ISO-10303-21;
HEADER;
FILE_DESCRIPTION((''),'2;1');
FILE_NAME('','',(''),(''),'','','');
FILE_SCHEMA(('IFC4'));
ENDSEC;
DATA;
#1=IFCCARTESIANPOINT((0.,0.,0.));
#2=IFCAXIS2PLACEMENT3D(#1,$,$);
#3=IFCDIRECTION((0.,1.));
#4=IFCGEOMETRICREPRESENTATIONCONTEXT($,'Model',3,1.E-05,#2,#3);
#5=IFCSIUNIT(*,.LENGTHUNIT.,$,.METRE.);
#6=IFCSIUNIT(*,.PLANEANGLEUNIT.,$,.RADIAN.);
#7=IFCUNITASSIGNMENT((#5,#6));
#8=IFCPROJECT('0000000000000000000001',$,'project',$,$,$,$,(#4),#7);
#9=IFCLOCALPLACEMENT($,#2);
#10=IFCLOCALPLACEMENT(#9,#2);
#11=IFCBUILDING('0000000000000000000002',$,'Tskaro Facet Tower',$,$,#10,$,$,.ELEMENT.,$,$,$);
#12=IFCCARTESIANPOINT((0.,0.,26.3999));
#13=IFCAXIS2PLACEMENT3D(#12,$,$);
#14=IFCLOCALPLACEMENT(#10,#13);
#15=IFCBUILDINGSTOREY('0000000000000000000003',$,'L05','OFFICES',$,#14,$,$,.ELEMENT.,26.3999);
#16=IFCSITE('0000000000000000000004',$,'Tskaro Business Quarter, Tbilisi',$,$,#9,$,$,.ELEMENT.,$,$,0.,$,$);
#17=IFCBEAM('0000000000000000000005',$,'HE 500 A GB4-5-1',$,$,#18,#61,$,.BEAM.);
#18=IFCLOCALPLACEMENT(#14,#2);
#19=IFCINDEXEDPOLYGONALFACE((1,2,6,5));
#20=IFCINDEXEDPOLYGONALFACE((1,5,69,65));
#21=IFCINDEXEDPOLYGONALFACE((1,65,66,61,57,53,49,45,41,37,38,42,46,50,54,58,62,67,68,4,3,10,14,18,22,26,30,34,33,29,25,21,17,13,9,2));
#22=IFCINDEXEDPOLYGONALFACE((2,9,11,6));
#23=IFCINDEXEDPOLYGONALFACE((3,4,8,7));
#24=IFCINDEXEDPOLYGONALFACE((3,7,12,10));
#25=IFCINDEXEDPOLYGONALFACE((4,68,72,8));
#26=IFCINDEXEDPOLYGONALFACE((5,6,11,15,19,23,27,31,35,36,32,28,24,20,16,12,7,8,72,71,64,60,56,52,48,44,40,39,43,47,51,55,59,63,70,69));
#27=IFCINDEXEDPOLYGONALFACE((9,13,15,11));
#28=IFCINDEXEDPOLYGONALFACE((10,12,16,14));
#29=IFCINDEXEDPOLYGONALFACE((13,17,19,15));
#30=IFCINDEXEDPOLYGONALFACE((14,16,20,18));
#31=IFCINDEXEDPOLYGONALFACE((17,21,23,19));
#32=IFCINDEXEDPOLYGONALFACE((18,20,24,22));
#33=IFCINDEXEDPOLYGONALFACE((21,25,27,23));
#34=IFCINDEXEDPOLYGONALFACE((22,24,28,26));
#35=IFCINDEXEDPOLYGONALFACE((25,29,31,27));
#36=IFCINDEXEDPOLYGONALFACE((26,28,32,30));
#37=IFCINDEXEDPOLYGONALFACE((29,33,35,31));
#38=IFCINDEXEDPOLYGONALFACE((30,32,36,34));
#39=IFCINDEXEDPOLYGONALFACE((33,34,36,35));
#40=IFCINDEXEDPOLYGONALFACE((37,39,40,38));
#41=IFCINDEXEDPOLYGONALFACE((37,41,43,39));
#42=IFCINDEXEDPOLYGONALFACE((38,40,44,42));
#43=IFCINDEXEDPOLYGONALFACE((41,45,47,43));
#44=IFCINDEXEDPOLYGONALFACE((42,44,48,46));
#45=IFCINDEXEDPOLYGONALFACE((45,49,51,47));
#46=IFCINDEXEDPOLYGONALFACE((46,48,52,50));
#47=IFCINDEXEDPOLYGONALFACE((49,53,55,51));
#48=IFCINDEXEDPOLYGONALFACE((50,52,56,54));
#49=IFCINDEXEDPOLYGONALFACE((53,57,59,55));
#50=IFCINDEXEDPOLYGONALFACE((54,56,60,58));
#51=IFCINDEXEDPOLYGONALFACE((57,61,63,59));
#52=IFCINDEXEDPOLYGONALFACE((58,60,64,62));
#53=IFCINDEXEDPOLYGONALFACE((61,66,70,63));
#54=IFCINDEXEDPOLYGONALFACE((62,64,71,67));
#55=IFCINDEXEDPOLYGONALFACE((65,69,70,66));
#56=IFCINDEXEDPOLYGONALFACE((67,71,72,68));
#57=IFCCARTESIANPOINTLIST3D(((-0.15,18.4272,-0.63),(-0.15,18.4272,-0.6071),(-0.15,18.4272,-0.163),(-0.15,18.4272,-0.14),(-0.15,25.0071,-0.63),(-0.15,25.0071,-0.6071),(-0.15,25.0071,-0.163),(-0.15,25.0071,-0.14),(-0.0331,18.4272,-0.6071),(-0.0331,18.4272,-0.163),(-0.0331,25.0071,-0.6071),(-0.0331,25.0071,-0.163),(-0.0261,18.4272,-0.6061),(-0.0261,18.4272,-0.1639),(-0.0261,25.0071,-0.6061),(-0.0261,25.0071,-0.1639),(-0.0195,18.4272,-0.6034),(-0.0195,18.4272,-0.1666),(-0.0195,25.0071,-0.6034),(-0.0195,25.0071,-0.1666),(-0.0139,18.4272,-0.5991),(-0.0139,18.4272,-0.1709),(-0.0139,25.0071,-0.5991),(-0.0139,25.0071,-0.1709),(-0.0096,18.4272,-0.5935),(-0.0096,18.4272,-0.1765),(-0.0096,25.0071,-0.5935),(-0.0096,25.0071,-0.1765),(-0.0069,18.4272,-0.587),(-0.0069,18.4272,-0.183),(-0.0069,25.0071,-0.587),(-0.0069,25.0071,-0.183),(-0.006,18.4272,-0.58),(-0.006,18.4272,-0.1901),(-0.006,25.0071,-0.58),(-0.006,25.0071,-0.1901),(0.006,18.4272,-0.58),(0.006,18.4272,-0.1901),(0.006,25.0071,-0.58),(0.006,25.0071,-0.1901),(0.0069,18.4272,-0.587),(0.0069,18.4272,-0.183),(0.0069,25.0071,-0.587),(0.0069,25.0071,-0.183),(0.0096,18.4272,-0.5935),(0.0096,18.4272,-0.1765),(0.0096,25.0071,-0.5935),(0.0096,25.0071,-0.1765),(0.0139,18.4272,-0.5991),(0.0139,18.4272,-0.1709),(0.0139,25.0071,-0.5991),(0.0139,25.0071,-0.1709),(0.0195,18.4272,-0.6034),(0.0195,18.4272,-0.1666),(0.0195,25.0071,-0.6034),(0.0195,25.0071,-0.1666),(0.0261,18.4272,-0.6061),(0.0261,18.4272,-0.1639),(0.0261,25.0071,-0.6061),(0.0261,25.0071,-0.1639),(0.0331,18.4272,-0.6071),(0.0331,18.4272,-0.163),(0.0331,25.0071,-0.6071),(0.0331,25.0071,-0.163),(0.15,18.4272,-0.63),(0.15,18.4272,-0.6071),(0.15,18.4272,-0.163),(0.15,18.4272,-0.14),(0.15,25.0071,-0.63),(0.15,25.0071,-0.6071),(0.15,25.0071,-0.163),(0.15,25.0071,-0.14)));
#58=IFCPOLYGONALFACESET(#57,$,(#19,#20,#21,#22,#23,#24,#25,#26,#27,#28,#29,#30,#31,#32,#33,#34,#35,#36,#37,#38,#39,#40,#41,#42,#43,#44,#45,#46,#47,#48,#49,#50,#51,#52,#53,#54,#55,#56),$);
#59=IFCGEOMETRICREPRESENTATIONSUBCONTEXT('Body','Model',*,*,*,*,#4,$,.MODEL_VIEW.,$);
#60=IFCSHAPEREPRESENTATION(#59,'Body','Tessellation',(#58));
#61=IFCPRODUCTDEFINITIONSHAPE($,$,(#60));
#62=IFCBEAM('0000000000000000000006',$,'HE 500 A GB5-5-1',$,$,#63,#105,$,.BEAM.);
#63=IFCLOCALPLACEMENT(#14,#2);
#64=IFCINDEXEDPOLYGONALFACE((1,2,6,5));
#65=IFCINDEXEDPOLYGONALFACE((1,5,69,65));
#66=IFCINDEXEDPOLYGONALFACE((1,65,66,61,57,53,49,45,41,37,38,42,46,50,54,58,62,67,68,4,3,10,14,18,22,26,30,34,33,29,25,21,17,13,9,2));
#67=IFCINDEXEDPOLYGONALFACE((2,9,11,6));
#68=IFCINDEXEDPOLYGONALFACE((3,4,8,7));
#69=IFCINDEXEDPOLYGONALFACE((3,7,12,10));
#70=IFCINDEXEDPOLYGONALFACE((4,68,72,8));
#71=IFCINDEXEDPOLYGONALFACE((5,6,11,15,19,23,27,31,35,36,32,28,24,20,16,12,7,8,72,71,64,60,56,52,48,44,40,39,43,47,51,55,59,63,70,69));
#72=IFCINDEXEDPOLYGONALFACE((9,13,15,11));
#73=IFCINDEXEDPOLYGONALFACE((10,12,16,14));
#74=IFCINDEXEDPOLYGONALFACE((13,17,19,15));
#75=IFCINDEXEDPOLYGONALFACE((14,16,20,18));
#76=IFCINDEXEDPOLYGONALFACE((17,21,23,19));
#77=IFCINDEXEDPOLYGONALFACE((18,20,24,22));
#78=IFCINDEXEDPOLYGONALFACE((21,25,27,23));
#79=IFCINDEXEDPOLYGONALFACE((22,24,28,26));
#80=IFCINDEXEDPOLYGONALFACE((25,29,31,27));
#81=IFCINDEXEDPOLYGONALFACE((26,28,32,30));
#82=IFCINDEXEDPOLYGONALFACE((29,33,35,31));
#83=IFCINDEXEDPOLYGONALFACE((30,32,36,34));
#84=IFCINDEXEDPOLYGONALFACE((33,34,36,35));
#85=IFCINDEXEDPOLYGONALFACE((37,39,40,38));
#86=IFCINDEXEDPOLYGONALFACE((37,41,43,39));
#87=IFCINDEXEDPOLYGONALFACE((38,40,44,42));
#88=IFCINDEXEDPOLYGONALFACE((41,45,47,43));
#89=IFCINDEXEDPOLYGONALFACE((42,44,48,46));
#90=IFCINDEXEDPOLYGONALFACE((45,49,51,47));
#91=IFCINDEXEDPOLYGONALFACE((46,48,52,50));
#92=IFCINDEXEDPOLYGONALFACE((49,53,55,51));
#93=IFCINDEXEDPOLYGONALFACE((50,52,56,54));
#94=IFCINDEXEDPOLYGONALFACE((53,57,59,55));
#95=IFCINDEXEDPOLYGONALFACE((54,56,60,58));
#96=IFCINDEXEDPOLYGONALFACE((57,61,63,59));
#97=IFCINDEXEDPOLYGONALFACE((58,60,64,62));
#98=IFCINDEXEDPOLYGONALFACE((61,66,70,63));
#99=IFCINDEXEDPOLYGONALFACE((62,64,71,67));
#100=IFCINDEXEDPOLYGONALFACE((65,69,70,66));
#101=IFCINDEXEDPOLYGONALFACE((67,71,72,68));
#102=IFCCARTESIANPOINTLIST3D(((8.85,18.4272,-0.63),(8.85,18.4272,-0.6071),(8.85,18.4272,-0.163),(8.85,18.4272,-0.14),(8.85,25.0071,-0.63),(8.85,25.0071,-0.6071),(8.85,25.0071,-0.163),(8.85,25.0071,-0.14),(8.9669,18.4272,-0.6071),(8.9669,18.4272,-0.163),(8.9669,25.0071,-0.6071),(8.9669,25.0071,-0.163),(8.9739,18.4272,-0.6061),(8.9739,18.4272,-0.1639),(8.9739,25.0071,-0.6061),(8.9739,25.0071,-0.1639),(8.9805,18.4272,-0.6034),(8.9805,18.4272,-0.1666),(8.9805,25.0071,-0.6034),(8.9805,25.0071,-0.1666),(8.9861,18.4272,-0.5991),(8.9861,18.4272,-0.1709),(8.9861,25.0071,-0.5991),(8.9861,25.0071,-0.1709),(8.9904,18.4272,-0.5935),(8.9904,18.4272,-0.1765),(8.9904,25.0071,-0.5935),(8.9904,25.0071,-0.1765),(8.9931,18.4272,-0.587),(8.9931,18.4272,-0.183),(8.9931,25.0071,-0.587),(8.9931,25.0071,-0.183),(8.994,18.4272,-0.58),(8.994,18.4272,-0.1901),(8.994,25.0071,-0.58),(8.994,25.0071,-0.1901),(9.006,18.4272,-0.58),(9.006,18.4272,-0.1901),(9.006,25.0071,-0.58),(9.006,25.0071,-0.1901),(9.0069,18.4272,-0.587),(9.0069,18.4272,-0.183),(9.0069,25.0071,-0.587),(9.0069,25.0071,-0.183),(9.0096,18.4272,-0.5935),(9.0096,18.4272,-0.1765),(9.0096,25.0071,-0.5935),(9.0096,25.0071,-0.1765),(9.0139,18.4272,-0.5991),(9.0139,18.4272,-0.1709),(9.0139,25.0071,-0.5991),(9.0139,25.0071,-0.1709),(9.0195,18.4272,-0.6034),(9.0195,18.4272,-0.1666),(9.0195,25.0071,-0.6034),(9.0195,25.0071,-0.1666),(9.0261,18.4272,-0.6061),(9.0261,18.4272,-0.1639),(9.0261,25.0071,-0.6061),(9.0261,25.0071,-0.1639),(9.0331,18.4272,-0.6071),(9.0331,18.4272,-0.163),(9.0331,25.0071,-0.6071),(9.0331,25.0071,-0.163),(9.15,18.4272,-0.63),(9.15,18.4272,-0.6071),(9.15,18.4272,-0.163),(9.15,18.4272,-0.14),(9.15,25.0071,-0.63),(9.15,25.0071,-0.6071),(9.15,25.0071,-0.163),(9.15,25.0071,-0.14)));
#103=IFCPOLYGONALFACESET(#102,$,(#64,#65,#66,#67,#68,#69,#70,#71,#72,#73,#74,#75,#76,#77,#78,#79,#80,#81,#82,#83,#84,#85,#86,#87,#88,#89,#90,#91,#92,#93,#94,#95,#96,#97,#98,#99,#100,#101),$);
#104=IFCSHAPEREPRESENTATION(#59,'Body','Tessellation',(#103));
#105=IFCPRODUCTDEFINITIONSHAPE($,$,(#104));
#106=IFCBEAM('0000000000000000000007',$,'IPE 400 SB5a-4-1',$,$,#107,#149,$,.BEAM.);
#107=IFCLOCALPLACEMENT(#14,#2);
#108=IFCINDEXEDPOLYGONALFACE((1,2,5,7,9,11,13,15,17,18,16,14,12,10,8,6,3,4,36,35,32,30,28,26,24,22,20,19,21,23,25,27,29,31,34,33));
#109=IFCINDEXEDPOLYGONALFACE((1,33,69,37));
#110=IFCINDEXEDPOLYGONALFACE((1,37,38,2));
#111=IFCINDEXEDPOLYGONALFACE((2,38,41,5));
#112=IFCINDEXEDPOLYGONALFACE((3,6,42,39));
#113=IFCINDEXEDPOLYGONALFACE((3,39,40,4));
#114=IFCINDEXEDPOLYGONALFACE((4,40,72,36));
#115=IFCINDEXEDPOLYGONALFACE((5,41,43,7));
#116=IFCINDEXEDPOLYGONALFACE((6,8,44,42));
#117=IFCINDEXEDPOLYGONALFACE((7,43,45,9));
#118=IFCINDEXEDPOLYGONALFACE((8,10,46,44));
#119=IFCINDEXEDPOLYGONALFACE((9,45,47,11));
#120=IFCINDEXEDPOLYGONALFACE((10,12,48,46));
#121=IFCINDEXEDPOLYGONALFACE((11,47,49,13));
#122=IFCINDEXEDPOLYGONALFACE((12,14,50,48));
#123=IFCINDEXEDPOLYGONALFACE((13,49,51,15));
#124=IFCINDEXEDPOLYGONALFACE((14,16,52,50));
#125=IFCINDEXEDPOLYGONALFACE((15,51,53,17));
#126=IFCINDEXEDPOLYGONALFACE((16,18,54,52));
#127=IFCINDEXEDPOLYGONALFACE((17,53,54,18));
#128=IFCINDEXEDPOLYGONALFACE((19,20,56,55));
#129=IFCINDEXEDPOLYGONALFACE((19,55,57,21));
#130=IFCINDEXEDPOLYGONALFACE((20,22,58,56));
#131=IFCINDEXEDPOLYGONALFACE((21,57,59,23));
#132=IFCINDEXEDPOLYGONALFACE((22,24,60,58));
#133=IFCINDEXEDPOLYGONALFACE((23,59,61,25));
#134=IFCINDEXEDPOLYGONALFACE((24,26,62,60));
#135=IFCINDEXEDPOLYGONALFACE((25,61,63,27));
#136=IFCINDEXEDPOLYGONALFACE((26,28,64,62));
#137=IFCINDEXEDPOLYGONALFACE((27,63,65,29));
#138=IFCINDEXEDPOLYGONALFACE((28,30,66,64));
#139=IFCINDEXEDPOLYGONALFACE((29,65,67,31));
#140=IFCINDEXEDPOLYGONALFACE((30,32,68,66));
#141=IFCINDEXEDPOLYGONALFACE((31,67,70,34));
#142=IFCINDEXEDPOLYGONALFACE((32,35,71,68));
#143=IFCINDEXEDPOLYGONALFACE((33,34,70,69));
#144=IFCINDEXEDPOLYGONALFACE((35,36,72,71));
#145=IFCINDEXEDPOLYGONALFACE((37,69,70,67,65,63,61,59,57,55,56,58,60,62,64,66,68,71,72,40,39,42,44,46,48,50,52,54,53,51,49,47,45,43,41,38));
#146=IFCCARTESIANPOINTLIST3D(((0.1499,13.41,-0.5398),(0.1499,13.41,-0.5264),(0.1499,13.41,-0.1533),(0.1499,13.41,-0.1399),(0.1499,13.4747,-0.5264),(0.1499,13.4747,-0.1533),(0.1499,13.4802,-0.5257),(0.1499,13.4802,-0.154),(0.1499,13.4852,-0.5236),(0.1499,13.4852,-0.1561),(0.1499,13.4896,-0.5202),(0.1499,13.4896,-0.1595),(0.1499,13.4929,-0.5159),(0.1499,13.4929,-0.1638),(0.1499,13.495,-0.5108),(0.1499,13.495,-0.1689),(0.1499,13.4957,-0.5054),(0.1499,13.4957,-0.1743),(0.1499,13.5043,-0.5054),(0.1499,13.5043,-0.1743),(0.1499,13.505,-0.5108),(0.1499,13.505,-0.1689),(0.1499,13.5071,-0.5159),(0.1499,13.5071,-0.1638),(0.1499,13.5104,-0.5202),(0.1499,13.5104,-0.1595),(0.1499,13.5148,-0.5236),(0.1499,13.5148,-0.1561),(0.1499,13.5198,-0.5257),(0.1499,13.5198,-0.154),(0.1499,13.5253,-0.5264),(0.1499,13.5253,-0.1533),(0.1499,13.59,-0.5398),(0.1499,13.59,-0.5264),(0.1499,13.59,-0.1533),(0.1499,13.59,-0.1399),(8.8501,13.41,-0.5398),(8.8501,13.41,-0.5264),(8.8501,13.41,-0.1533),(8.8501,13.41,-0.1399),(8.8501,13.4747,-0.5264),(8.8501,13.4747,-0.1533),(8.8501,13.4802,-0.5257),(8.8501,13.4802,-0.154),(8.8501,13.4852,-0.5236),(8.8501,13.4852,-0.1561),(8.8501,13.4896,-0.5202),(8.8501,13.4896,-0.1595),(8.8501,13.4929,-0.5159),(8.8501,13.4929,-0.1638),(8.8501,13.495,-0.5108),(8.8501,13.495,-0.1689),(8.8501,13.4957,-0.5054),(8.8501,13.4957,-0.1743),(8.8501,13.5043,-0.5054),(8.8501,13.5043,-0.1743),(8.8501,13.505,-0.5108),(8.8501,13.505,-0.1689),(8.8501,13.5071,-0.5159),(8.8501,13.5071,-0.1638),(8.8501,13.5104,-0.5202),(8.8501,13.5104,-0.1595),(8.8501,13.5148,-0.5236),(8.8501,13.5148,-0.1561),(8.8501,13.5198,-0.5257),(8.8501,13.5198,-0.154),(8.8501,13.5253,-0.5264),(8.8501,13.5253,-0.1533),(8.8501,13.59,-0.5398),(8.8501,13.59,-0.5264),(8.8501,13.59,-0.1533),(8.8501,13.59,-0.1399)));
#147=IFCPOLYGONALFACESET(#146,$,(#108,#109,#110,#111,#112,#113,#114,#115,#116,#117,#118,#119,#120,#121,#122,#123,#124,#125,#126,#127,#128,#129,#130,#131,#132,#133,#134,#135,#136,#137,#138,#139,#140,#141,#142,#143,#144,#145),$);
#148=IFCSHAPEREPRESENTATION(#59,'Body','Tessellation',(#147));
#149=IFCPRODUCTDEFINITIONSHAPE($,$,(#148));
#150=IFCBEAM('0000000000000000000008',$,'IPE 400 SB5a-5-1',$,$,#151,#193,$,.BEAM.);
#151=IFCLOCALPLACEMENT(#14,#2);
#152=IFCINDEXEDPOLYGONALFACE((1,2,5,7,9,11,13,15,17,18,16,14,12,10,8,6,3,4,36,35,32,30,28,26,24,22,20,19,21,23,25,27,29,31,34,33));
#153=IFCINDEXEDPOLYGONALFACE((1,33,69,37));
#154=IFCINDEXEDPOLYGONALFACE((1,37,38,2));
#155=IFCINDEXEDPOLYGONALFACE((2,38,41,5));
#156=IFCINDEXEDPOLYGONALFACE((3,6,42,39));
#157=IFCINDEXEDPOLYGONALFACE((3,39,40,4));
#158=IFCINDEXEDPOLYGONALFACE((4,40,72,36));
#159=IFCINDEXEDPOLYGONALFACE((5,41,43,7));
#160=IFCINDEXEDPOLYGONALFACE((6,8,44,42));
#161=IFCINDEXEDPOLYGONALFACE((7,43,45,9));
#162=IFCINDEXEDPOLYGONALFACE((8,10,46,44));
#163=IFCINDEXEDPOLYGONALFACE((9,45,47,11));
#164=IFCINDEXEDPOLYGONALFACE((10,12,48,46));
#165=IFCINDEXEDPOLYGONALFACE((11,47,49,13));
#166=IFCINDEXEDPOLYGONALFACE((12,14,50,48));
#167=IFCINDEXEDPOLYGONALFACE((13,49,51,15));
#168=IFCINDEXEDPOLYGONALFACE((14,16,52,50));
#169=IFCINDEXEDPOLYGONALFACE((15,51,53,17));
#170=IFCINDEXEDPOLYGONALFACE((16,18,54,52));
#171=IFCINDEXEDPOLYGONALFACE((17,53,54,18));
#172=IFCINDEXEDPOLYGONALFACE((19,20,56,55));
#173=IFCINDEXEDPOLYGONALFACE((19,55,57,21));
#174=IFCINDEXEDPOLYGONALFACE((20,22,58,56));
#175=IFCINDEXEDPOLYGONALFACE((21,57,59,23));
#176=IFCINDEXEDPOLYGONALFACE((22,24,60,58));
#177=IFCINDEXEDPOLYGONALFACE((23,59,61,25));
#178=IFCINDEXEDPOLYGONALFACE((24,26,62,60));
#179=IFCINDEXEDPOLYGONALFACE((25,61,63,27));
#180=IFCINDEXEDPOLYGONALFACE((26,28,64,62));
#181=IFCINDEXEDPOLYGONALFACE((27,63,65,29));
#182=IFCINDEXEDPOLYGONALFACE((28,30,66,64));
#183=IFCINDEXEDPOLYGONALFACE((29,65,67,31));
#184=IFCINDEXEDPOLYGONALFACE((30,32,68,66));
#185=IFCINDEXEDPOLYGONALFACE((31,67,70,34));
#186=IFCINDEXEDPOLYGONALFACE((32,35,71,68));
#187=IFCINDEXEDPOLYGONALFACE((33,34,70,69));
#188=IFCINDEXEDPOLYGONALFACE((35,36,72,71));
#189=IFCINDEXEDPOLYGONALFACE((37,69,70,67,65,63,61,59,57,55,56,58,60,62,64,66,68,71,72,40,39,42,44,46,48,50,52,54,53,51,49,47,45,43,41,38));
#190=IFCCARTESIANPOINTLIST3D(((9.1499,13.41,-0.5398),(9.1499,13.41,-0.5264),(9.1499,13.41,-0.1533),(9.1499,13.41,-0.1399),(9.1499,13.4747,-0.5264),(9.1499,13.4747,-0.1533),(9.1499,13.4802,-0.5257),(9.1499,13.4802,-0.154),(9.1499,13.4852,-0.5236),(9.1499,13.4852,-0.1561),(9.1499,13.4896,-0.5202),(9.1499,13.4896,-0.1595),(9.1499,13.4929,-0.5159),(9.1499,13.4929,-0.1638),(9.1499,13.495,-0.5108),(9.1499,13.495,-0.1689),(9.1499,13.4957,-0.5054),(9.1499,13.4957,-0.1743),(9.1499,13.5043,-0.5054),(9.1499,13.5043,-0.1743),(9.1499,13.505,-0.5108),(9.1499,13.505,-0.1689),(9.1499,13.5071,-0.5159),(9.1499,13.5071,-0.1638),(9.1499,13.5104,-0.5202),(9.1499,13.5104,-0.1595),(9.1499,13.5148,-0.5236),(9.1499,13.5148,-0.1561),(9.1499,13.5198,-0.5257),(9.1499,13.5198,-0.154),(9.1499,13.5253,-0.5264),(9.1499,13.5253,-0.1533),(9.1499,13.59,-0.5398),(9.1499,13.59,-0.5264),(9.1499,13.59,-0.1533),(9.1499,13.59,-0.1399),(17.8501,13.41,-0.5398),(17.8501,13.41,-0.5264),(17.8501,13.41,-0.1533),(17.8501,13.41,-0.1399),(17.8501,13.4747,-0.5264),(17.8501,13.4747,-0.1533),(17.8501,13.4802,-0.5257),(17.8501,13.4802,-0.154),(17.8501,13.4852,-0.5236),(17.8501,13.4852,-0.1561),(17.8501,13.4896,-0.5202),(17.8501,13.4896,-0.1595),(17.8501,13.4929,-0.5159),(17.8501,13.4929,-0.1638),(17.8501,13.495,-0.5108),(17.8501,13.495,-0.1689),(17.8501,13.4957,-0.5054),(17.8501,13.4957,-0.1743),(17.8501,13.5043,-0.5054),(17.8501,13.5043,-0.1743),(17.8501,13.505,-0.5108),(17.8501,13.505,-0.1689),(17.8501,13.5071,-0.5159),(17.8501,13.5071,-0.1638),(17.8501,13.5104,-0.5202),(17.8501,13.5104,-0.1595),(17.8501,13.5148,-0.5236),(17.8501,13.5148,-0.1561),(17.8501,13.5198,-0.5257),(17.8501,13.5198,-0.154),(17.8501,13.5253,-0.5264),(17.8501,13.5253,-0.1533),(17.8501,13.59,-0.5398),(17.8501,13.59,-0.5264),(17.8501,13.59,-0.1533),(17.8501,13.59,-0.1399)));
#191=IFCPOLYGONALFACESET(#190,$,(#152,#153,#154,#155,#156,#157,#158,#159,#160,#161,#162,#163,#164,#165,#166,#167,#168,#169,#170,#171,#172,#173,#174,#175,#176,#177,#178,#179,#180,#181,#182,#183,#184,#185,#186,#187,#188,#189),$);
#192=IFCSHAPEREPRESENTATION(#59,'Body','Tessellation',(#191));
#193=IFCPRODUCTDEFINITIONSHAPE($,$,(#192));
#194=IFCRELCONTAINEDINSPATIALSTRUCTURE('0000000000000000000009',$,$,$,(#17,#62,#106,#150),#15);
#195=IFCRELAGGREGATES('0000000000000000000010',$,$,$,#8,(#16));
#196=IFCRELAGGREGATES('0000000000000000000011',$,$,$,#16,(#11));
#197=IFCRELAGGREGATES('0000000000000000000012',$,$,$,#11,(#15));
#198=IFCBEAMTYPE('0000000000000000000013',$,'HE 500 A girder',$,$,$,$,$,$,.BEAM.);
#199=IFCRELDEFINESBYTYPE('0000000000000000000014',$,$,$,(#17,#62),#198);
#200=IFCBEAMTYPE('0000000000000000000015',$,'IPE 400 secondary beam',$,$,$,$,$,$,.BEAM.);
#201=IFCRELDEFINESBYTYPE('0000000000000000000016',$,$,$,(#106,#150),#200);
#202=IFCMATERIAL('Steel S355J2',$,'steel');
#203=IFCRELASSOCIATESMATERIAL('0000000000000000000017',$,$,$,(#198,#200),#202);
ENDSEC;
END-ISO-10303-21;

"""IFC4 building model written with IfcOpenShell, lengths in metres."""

from ifc_helpers import new_model, si_unit, direction, frame, origin, origin_2d, place, context, subcontext, project, spatial, i_section, extrude, material, material_profile, profile_set, type_object, element, save


model = new_model("IFC4")

# Units and contexts
model_context = context("Model", 3, precision=1e-05, world=origin(), true_north=direction((0.0, 1.0)))
body_context = subcontext(model_context, "Body", "Model", "MODEL_VIEW")
ifc_project = project(units=[si_unit("LENGTHUNIT", "METRE"), si_unit("PLANEANGLEUNIT", "RADIAN")], contexts=[model_context])

# Site, building, storey
site_placement = place(None, origin())
site = spatial("IfcSite", under=ifc_project, at=site_placement, Name="Tskaro Business Quarter, Tbilisi", CompositionType="ELEMENT", RefElevation=0.0)
building_placement = place(site_placement, origin())
building = spatial("IfcBuilding", under=site, at=building_placement, Name="Tskaro Facet Tower", CompositionType="ELEMENT")
storey_placement = place(building_placement, frame((0.0, 0.0, 26.3999)))
storey = spatial("IfcBuildingStorey", under=building, at=storey_placement, Name="L05", Description="OFFICES", CompositionType="ELEMENT", Elevation=26.3999)

# Beams
ifc_material_1 = material(Name="Steel S355J2", Category="steel")
ifc_material_profile_1 = material_profile(ifc_material_1, i_section(OverallWidth=0.3, OverallDepth=0.49, WebThickness=0.012, FlangeThickness=0.0229, FilletRadius=0.0271, at=origin_2d()), Name="HE 500 A")
ifc_profile_set_1 = profile_set([ifc_material_profile_1], Name="Steel S355J2")
beam_type_1 = type_object("IfcBeamType", Name="HE 500 A girder", PredefinedType="BEAM", material=ifc_profile_set_1)
for number, where, z_axis, x_axis, name in (
    (1, (0.0, 18.4272, -0.385), (0.0, 1.0, 0.0), (-1.0, 0.0, 0.0), "HE 500 A GB4-5-1"),
    (2, (9.0, 18.4272, -0.385), (0.0, 1.0, 0.0), (-1.0, 0.0, 0.0), "HE 500 A GB5-5-1"),
):
    element("IfcBeam", number, at=place(storey_placement, frame(where, z_axis=z_axis, x_axis=x_axis)), inside=storey, type_object=beam_type_1, Name=name, PredefinedType="BEAM", context=body_context, shape_type="SweptSolid", body=[
        extrude(i_section(OverallWidth=0.3, OverallDepth=0.49, WebThickness=0.012, FlangeThickness=0.0229, FilletRadius=0.0271, at=origin_2d()), origin(), (0.0, 0.0, 1.0), 6.5798),
    ])
ifc_material_profile_2 = material_profile(ifc_material_1, i_section(OverallWidth=0.1799, OverallDepth=0.3999, WebThickness=0.0085, FlangeThickness=0.0134, FilletRadius=0.021, at=origin_2d()), Name="IPE 400")
ifc_profile_set_2 = profile_set([ifc_material_profile_2], Name="Steel S355J2")
beam_type_2 = type_object("IfcBeamType", Name="IPE 400 secondary beam", PredefinedType="BEAM", material=ifc_profile_set_2)
for number, where, z_axis, x_axis, name in (
    (3, (0.1499, 13.5, -0.3398), (1.0, 0.0, 0.0), (0.0, 1.0, 0.0), "IPE 400 SB5a-4-1"),
    (4, (9.1499, 13.5, -0.3398), (1.0, 0.0, 0.0), (0.0, 1.0, 0.0), "IPE 400 SB5a-5-1"),
):
    element("IfcBeam", number, at=place(storey_placement, frame(where, z_axis=z_axis, x_axis=x_axis)), inside=storey, type_object=beam_type_2, Name=name, PredefinedType="BEAM", context=body_context, shape_type="SweptSolid", body=[
        extrude(i_section(OverallWidth=0.1799, OverallDepth=0.3999, WebThickness=0.0085, FlangeThickness=0.0134, FilletRadius=0.021, at=origin_2d()), origin(), (0.0, 0.0, 1.0), 8.7002),
    ])

save(model, "model.ifc")
